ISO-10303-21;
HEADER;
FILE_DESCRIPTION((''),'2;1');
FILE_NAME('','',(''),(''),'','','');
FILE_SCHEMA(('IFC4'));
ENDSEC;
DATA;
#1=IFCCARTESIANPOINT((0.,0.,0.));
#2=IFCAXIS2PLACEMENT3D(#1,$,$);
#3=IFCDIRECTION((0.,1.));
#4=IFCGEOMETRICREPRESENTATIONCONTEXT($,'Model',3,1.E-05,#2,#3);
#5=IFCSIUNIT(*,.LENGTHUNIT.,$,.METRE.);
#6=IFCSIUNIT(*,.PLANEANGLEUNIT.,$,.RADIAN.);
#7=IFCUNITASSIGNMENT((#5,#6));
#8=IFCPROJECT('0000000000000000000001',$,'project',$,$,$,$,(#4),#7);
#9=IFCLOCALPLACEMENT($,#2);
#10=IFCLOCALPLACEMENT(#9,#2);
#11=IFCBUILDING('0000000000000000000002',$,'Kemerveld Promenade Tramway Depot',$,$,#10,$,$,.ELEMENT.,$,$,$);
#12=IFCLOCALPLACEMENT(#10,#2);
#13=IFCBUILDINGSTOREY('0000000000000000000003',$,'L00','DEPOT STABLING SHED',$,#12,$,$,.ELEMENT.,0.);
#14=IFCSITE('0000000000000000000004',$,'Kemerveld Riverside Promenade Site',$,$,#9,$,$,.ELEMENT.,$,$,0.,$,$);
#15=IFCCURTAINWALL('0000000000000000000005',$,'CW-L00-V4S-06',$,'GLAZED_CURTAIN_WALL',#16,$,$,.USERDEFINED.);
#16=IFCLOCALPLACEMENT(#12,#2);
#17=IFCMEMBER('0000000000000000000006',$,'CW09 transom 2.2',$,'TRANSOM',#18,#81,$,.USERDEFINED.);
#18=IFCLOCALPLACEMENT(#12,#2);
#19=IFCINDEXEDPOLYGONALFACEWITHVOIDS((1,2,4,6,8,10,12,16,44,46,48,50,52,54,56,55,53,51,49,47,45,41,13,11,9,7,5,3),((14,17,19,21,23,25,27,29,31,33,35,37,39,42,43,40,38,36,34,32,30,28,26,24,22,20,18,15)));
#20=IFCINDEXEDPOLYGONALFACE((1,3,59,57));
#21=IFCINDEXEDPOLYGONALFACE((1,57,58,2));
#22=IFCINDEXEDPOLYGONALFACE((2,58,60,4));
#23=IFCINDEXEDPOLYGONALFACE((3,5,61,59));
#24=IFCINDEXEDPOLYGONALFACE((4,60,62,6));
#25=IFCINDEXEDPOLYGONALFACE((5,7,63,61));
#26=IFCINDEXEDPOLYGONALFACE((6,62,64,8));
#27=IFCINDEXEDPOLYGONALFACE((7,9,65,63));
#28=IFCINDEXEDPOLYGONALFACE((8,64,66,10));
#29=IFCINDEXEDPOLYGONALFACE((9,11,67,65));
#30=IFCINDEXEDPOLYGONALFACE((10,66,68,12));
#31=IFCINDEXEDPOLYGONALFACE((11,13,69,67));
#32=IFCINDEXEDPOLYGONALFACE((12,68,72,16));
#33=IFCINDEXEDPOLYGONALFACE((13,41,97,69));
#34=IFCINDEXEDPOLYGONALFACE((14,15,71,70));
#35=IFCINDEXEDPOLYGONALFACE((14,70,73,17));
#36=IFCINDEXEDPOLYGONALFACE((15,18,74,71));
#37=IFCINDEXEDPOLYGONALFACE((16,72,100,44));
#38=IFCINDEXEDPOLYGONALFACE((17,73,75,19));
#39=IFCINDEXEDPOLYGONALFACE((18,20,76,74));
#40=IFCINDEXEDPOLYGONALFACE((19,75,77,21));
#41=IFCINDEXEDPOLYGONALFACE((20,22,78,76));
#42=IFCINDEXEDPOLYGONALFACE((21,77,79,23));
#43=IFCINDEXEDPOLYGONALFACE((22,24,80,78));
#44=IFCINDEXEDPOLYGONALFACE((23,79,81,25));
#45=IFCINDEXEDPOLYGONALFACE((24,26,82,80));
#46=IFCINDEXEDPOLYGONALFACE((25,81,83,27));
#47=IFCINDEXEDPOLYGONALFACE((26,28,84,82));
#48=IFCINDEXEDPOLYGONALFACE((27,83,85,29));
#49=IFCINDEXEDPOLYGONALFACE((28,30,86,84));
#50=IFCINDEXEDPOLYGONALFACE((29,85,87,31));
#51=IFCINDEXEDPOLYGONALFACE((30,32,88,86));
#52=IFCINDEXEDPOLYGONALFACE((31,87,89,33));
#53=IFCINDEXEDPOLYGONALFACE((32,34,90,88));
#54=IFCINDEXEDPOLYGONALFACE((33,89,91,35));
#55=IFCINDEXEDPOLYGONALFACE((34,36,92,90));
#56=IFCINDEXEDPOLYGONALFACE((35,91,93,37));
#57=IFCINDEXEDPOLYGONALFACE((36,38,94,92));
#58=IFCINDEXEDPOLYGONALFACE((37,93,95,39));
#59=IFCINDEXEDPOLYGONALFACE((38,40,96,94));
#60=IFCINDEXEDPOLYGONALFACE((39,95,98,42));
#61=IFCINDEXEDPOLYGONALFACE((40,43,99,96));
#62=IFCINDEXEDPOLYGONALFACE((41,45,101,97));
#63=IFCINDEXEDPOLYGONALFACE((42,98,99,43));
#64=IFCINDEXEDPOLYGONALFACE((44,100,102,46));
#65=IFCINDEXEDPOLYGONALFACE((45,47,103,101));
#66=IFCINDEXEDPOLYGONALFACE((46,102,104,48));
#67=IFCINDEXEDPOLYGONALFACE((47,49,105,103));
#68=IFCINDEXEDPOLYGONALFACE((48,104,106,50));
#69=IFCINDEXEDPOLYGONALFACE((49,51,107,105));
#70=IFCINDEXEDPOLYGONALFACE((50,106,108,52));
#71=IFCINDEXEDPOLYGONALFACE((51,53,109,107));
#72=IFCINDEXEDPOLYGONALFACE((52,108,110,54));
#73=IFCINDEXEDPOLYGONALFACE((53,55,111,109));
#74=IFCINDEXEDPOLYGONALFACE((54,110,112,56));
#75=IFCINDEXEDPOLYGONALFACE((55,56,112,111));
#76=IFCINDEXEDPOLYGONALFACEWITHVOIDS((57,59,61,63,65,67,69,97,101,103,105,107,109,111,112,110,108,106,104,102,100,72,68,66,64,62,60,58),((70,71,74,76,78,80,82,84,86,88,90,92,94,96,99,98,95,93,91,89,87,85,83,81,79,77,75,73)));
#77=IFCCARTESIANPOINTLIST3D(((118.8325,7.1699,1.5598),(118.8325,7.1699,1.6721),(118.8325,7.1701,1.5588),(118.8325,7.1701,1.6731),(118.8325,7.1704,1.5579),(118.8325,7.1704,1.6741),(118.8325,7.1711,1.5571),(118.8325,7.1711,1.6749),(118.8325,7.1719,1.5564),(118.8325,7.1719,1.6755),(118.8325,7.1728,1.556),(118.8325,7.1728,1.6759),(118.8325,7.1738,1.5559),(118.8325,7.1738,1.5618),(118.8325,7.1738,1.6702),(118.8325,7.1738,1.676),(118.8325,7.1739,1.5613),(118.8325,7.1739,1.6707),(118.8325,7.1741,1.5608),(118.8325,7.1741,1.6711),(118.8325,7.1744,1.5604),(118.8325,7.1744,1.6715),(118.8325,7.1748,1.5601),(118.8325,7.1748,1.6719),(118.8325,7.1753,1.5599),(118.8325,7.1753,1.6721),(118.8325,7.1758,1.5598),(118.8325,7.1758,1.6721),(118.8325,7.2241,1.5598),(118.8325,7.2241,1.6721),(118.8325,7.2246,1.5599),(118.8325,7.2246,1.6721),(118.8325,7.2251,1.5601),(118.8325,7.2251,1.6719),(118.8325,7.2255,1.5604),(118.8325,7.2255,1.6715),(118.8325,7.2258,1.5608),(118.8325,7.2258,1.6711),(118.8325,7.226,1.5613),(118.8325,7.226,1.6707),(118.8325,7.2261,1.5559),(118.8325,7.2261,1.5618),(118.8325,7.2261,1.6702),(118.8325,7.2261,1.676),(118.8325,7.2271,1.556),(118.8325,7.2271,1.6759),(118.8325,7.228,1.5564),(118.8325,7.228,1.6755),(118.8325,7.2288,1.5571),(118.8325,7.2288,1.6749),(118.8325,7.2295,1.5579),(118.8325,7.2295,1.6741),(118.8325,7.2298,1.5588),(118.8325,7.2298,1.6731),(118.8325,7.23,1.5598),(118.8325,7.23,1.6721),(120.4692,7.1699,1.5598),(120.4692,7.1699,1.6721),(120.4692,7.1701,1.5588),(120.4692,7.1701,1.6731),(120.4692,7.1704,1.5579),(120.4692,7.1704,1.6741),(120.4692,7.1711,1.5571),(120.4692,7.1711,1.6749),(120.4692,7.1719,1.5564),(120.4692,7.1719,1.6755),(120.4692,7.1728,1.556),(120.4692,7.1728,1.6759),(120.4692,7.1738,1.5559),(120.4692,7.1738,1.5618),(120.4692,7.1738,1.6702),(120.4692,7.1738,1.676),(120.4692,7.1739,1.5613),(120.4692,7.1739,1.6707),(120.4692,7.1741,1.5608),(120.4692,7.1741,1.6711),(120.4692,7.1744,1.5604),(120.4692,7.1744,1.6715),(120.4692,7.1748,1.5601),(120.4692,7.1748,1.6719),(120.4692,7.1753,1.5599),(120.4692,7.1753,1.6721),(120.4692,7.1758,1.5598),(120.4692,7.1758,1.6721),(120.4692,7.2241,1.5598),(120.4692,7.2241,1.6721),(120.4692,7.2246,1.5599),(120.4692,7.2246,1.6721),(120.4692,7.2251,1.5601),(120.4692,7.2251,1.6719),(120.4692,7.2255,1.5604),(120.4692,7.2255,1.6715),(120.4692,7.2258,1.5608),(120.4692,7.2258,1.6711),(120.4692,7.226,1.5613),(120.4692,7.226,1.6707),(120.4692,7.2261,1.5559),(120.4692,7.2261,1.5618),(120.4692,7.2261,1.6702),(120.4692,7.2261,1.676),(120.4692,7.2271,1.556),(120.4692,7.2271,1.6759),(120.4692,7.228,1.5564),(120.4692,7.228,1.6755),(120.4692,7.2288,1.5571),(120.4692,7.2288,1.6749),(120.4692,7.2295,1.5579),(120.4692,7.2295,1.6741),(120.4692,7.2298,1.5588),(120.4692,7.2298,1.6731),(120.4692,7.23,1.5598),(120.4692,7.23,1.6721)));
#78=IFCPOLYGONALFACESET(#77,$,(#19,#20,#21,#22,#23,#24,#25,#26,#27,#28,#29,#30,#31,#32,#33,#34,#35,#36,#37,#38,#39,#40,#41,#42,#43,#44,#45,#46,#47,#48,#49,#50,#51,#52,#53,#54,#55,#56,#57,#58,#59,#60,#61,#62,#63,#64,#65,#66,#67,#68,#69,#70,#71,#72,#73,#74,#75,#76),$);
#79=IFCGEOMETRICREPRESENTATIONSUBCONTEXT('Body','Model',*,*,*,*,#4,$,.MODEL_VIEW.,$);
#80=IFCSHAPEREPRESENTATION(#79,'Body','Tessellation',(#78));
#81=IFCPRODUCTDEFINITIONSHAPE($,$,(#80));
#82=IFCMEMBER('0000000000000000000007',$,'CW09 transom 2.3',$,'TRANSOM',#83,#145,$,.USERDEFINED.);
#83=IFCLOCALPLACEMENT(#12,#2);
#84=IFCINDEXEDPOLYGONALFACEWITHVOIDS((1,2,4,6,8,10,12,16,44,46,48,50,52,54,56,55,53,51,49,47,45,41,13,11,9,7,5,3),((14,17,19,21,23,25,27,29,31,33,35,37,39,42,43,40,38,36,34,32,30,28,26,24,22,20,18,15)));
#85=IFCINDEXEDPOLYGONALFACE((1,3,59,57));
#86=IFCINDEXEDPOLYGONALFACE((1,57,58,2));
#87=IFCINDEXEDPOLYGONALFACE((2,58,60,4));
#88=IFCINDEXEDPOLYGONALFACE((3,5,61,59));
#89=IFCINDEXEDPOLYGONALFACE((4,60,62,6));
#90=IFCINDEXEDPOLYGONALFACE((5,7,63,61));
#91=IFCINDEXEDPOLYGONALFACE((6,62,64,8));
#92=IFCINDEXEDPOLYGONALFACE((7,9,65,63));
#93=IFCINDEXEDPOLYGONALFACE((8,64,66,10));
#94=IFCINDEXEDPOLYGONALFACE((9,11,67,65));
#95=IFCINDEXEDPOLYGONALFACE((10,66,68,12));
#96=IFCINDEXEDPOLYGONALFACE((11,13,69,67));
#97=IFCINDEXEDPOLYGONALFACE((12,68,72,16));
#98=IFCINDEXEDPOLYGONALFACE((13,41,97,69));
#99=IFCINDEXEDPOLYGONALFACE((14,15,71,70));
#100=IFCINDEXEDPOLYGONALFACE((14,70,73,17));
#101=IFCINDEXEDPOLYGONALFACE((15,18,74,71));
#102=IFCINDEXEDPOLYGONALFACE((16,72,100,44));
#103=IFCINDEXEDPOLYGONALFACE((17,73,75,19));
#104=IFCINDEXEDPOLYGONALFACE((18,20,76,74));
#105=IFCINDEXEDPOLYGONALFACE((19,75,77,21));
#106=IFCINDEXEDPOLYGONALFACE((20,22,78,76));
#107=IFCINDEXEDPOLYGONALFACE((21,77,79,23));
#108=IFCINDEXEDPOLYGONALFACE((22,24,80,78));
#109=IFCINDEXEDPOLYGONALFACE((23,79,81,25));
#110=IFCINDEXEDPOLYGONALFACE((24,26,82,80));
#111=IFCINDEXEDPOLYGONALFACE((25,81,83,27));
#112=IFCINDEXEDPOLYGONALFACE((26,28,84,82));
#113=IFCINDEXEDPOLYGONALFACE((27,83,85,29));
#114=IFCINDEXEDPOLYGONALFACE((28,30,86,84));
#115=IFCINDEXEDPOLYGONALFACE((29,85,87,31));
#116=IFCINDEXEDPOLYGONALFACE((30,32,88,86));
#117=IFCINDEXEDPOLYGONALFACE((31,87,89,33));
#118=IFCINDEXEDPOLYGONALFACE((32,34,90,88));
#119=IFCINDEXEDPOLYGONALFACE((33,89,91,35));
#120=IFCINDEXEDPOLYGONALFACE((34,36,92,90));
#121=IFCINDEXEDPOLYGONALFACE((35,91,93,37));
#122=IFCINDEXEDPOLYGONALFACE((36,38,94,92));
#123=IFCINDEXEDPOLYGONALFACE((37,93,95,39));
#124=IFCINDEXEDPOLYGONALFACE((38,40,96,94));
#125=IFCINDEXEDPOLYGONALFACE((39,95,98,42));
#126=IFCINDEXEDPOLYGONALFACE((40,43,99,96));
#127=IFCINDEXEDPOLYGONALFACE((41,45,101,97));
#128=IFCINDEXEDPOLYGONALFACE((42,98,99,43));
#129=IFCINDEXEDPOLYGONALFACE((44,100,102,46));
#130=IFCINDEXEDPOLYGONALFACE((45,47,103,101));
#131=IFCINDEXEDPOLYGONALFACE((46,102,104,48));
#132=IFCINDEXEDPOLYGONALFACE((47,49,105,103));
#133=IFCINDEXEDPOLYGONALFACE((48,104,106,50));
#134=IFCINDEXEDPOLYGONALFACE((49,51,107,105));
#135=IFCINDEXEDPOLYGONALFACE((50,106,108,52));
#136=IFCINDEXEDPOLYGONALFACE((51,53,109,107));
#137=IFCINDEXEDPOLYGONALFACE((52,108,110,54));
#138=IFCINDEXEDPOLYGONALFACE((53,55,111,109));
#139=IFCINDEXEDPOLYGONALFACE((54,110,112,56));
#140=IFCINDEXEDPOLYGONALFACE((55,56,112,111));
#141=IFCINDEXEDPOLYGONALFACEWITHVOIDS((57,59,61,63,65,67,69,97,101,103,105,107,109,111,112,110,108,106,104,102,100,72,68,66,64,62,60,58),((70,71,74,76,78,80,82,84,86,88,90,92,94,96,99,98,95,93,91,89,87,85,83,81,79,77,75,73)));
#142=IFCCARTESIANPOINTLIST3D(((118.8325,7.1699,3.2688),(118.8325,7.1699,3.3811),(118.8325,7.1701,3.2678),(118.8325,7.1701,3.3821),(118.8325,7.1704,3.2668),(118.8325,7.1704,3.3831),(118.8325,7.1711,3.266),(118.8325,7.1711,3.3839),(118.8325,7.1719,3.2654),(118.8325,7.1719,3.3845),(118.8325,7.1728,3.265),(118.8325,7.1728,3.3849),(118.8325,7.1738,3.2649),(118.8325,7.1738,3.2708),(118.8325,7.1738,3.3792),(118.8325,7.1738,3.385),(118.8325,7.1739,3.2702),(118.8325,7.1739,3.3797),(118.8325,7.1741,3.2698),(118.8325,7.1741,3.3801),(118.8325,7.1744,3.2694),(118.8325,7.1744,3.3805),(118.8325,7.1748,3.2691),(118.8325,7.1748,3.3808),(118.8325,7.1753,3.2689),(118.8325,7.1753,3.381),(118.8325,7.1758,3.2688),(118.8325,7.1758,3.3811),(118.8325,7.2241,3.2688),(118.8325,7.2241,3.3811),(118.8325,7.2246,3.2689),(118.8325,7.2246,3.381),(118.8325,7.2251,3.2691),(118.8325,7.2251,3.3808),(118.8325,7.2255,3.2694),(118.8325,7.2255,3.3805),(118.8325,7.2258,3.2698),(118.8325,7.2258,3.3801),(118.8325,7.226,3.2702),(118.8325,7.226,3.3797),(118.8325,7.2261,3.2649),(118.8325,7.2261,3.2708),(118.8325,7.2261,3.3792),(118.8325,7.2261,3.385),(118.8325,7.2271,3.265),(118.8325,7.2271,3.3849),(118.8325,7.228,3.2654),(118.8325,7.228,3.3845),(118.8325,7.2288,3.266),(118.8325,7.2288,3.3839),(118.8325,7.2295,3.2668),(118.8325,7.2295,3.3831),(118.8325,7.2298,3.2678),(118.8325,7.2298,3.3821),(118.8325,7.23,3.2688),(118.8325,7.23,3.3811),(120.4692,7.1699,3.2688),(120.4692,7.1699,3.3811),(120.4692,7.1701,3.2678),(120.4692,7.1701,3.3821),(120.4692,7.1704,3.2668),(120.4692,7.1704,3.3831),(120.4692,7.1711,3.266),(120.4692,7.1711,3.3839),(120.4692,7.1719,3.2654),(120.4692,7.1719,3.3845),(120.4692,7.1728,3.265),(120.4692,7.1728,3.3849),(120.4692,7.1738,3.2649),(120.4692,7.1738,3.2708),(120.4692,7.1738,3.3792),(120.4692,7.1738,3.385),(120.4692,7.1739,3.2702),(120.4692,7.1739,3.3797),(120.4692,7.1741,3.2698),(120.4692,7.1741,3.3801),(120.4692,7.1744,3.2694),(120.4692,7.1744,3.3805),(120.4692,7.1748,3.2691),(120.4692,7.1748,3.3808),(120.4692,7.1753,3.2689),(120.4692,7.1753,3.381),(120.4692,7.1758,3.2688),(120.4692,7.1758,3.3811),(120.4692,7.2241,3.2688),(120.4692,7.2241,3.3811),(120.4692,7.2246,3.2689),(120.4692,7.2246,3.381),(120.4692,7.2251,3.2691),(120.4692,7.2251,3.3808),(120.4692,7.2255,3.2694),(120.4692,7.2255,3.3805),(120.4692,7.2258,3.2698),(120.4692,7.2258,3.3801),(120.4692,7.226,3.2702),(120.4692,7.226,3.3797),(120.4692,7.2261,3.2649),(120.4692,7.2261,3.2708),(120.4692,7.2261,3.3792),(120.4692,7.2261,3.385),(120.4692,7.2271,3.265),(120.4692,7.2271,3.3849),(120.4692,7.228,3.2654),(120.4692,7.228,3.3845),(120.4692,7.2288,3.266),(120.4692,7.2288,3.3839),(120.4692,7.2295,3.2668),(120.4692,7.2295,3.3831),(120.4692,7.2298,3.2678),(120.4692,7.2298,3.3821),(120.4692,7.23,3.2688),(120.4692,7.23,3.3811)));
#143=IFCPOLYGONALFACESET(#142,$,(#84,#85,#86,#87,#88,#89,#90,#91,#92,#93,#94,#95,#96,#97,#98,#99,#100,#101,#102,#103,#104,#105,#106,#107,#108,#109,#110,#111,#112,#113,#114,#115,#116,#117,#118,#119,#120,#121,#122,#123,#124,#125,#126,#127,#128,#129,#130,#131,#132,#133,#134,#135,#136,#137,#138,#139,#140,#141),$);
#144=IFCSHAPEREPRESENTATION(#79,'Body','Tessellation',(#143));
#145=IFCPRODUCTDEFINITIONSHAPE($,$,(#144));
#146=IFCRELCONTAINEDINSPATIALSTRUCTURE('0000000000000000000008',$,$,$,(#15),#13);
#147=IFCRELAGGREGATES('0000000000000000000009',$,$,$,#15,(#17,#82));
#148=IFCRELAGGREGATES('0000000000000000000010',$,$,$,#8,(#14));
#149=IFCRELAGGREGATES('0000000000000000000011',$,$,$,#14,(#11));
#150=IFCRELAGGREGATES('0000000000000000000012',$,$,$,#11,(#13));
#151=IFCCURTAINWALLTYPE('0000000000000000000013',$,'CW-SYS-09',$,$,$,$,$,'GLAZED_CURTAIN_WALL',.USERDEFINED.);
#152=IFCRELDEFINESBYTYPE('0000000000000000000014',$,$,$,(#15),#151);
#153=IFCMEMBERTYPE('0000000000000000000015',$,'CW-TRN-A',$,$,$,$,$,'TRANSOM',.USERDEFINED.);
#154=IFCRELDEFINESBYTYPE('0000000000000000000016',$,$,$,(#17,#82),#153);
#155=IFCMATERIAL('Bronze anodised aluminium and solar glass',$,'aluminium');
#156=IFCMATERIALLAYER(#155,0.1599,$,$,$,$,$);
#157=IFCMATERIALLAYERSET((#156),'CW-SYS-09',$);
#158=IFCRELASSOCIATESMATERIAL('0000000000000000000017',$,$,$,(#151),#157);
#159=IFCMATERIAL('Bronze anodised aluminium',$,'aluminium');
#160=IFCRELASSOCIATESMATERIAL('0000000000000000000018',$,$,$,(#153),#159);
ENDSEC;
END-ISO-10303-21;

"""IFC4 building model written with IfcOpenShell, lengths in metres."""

from ifc_helpers import new_model, si_unit, direction, frame, origin, origin_2d, place, context, subcontext, project, spatial, hollow_rectangle, extrude, material, layer, layer_set, material_profile, profile_set, type_object, element, aggregate, save


model = new_model("IFC4")

# Units and contexts
model_context = context("Model", 3, precision=1e-05, world=origin(), true_north=direction((0.0, 1.0)))
body_context = subcontext(model_context, "Body", "Model", "MODEL_VIEW")
ifc_project = project(units=[si_unit("LENGTHUNIT", "METRE"), si_unit("PLANEANGLEUNIT", "RADIAN")], contexts=[model_context])

# Site, building, storey
site_placement = place(None, origin())
site = spatial("IfcSite", under=ifc_project, at=site_placement, Name="Kemerveld Riverside Promenade Site", CompositionType="ELEMENT", RefElevation=0.0)
building_placement = place(site_placement, origin())
building = spatial("IfcBuilding", under=site, at=building_placement, Name="Kemerveld Promenade Tramway Depot", CompositionType="ELEMENT")
storey_placement = place(building_placement, origin())
storey = spatial("IfcBuildingStorey", under=building, at=storey_placement, Name="L00", Description="DEPOT STABLING SHED", CompositionType="ELEMENT", Elevation=0.0)

# Curtain wall, members
ifc_material_1 = material(Name="Bronze anodised aluminium and solar glass", Category="aluminium")
ifc_layer_1 = layer(ifc_material_1, 0.1599)
ifc_layer_set_1 = layer_set([ifc_layer_1], Name="CW-SYS-09")
curtain_wall_type = type_object("IfcCurtainWallType", Name="CW-SYS-09", ElementType="GLAZED_CURTAIN_WALL", PredefinedType="USERDEFINED", material=ifc_layer_set_1)
curtain_wall_placement = place(storey_placement, origin())
curtain_wall = element("IfcCurtainWall", 1, at=curtain_wall_placement, inside=storey, type_object=curtain_wall_type, Name="CW-L00-V4S-06", ObjectType="GLAZED_CURTAIN_WALL", PredefinedType="USERDEFINED")
ifc_material_2 = material(Name="Bronze anodised aluminium", Category="aluminium")
ifc_material_profile_1 = material_profile(ifc_material_2, hollow_rectangle(XDim=0.0601, YDim=0.1201, WallThickness=0.0039, InnerFilletRadius=0.002, OuterFilletRadius=0.0039, at=origin_2d()), Name="CW-TRN-120x60")
ifc_profile_set_1 = profile_set([ifc_material_profile_1], Name="Bronze anodised aluminium")
member_type_1 = type_object("IfcMemberType", Name="CW-TRN-A", ElementType="TRANSOM", PredefinedType="USERDEFINED", material=ifc_profile_set_1)
member_1_placement = place(storey_placement, frame((120.4692, 7.2, 1.616), z_axis=(-1.0, 0.0, 0.0), x_axis=(0.0, -1.0, 0.0)))
member_1 = element("IfcMember", 2, at=member_1_placement, type_object=member_type_1, Name="CW09 transom 2.2", ObjectType="TRANSOM", PredefinedType="USERDEFINED", context=body_context, shape_type="SweptSolid", body=[
    extrude(hollow_rectangle(XDim=0.0601, YDim=0.1201, WallThickness=0.0039, InnerFilletRadius=0.002, OuterFilletRadius=0.0039, at=origin_2d()), origin(), (0.0, 0.0, 1.0), 1.6367),
])
member_2_placement = place(storey_placement, frame((120.4692, 7.2, 3.325), z_axis=(-1.0, 0.0, 0.0), x_axis=(0.0, -1.0, 0.0)))
member_2 = element("IfcMember", 3, at=member_2_placement, type_object=member_type_1, Name="CW09 transom 2.3", ObjectType="TRANSOM", PredefinedType="USERDEFINED", context=body_context, shape_type="SweptSolid", body=[
    extrude(hollow_rectangle(XDim=0.0601, YDim=0.1201, WallThickness=0.0039, InnerFilletRadius=0.002, OuterFilletRadius=0.0039, at=origin_2d()), origin(), (0.0, 0.0, 1.0), 1.6367),
])
aggregate(curtain_wall, [member_1, member_2])

save(model, "model.ifc")
